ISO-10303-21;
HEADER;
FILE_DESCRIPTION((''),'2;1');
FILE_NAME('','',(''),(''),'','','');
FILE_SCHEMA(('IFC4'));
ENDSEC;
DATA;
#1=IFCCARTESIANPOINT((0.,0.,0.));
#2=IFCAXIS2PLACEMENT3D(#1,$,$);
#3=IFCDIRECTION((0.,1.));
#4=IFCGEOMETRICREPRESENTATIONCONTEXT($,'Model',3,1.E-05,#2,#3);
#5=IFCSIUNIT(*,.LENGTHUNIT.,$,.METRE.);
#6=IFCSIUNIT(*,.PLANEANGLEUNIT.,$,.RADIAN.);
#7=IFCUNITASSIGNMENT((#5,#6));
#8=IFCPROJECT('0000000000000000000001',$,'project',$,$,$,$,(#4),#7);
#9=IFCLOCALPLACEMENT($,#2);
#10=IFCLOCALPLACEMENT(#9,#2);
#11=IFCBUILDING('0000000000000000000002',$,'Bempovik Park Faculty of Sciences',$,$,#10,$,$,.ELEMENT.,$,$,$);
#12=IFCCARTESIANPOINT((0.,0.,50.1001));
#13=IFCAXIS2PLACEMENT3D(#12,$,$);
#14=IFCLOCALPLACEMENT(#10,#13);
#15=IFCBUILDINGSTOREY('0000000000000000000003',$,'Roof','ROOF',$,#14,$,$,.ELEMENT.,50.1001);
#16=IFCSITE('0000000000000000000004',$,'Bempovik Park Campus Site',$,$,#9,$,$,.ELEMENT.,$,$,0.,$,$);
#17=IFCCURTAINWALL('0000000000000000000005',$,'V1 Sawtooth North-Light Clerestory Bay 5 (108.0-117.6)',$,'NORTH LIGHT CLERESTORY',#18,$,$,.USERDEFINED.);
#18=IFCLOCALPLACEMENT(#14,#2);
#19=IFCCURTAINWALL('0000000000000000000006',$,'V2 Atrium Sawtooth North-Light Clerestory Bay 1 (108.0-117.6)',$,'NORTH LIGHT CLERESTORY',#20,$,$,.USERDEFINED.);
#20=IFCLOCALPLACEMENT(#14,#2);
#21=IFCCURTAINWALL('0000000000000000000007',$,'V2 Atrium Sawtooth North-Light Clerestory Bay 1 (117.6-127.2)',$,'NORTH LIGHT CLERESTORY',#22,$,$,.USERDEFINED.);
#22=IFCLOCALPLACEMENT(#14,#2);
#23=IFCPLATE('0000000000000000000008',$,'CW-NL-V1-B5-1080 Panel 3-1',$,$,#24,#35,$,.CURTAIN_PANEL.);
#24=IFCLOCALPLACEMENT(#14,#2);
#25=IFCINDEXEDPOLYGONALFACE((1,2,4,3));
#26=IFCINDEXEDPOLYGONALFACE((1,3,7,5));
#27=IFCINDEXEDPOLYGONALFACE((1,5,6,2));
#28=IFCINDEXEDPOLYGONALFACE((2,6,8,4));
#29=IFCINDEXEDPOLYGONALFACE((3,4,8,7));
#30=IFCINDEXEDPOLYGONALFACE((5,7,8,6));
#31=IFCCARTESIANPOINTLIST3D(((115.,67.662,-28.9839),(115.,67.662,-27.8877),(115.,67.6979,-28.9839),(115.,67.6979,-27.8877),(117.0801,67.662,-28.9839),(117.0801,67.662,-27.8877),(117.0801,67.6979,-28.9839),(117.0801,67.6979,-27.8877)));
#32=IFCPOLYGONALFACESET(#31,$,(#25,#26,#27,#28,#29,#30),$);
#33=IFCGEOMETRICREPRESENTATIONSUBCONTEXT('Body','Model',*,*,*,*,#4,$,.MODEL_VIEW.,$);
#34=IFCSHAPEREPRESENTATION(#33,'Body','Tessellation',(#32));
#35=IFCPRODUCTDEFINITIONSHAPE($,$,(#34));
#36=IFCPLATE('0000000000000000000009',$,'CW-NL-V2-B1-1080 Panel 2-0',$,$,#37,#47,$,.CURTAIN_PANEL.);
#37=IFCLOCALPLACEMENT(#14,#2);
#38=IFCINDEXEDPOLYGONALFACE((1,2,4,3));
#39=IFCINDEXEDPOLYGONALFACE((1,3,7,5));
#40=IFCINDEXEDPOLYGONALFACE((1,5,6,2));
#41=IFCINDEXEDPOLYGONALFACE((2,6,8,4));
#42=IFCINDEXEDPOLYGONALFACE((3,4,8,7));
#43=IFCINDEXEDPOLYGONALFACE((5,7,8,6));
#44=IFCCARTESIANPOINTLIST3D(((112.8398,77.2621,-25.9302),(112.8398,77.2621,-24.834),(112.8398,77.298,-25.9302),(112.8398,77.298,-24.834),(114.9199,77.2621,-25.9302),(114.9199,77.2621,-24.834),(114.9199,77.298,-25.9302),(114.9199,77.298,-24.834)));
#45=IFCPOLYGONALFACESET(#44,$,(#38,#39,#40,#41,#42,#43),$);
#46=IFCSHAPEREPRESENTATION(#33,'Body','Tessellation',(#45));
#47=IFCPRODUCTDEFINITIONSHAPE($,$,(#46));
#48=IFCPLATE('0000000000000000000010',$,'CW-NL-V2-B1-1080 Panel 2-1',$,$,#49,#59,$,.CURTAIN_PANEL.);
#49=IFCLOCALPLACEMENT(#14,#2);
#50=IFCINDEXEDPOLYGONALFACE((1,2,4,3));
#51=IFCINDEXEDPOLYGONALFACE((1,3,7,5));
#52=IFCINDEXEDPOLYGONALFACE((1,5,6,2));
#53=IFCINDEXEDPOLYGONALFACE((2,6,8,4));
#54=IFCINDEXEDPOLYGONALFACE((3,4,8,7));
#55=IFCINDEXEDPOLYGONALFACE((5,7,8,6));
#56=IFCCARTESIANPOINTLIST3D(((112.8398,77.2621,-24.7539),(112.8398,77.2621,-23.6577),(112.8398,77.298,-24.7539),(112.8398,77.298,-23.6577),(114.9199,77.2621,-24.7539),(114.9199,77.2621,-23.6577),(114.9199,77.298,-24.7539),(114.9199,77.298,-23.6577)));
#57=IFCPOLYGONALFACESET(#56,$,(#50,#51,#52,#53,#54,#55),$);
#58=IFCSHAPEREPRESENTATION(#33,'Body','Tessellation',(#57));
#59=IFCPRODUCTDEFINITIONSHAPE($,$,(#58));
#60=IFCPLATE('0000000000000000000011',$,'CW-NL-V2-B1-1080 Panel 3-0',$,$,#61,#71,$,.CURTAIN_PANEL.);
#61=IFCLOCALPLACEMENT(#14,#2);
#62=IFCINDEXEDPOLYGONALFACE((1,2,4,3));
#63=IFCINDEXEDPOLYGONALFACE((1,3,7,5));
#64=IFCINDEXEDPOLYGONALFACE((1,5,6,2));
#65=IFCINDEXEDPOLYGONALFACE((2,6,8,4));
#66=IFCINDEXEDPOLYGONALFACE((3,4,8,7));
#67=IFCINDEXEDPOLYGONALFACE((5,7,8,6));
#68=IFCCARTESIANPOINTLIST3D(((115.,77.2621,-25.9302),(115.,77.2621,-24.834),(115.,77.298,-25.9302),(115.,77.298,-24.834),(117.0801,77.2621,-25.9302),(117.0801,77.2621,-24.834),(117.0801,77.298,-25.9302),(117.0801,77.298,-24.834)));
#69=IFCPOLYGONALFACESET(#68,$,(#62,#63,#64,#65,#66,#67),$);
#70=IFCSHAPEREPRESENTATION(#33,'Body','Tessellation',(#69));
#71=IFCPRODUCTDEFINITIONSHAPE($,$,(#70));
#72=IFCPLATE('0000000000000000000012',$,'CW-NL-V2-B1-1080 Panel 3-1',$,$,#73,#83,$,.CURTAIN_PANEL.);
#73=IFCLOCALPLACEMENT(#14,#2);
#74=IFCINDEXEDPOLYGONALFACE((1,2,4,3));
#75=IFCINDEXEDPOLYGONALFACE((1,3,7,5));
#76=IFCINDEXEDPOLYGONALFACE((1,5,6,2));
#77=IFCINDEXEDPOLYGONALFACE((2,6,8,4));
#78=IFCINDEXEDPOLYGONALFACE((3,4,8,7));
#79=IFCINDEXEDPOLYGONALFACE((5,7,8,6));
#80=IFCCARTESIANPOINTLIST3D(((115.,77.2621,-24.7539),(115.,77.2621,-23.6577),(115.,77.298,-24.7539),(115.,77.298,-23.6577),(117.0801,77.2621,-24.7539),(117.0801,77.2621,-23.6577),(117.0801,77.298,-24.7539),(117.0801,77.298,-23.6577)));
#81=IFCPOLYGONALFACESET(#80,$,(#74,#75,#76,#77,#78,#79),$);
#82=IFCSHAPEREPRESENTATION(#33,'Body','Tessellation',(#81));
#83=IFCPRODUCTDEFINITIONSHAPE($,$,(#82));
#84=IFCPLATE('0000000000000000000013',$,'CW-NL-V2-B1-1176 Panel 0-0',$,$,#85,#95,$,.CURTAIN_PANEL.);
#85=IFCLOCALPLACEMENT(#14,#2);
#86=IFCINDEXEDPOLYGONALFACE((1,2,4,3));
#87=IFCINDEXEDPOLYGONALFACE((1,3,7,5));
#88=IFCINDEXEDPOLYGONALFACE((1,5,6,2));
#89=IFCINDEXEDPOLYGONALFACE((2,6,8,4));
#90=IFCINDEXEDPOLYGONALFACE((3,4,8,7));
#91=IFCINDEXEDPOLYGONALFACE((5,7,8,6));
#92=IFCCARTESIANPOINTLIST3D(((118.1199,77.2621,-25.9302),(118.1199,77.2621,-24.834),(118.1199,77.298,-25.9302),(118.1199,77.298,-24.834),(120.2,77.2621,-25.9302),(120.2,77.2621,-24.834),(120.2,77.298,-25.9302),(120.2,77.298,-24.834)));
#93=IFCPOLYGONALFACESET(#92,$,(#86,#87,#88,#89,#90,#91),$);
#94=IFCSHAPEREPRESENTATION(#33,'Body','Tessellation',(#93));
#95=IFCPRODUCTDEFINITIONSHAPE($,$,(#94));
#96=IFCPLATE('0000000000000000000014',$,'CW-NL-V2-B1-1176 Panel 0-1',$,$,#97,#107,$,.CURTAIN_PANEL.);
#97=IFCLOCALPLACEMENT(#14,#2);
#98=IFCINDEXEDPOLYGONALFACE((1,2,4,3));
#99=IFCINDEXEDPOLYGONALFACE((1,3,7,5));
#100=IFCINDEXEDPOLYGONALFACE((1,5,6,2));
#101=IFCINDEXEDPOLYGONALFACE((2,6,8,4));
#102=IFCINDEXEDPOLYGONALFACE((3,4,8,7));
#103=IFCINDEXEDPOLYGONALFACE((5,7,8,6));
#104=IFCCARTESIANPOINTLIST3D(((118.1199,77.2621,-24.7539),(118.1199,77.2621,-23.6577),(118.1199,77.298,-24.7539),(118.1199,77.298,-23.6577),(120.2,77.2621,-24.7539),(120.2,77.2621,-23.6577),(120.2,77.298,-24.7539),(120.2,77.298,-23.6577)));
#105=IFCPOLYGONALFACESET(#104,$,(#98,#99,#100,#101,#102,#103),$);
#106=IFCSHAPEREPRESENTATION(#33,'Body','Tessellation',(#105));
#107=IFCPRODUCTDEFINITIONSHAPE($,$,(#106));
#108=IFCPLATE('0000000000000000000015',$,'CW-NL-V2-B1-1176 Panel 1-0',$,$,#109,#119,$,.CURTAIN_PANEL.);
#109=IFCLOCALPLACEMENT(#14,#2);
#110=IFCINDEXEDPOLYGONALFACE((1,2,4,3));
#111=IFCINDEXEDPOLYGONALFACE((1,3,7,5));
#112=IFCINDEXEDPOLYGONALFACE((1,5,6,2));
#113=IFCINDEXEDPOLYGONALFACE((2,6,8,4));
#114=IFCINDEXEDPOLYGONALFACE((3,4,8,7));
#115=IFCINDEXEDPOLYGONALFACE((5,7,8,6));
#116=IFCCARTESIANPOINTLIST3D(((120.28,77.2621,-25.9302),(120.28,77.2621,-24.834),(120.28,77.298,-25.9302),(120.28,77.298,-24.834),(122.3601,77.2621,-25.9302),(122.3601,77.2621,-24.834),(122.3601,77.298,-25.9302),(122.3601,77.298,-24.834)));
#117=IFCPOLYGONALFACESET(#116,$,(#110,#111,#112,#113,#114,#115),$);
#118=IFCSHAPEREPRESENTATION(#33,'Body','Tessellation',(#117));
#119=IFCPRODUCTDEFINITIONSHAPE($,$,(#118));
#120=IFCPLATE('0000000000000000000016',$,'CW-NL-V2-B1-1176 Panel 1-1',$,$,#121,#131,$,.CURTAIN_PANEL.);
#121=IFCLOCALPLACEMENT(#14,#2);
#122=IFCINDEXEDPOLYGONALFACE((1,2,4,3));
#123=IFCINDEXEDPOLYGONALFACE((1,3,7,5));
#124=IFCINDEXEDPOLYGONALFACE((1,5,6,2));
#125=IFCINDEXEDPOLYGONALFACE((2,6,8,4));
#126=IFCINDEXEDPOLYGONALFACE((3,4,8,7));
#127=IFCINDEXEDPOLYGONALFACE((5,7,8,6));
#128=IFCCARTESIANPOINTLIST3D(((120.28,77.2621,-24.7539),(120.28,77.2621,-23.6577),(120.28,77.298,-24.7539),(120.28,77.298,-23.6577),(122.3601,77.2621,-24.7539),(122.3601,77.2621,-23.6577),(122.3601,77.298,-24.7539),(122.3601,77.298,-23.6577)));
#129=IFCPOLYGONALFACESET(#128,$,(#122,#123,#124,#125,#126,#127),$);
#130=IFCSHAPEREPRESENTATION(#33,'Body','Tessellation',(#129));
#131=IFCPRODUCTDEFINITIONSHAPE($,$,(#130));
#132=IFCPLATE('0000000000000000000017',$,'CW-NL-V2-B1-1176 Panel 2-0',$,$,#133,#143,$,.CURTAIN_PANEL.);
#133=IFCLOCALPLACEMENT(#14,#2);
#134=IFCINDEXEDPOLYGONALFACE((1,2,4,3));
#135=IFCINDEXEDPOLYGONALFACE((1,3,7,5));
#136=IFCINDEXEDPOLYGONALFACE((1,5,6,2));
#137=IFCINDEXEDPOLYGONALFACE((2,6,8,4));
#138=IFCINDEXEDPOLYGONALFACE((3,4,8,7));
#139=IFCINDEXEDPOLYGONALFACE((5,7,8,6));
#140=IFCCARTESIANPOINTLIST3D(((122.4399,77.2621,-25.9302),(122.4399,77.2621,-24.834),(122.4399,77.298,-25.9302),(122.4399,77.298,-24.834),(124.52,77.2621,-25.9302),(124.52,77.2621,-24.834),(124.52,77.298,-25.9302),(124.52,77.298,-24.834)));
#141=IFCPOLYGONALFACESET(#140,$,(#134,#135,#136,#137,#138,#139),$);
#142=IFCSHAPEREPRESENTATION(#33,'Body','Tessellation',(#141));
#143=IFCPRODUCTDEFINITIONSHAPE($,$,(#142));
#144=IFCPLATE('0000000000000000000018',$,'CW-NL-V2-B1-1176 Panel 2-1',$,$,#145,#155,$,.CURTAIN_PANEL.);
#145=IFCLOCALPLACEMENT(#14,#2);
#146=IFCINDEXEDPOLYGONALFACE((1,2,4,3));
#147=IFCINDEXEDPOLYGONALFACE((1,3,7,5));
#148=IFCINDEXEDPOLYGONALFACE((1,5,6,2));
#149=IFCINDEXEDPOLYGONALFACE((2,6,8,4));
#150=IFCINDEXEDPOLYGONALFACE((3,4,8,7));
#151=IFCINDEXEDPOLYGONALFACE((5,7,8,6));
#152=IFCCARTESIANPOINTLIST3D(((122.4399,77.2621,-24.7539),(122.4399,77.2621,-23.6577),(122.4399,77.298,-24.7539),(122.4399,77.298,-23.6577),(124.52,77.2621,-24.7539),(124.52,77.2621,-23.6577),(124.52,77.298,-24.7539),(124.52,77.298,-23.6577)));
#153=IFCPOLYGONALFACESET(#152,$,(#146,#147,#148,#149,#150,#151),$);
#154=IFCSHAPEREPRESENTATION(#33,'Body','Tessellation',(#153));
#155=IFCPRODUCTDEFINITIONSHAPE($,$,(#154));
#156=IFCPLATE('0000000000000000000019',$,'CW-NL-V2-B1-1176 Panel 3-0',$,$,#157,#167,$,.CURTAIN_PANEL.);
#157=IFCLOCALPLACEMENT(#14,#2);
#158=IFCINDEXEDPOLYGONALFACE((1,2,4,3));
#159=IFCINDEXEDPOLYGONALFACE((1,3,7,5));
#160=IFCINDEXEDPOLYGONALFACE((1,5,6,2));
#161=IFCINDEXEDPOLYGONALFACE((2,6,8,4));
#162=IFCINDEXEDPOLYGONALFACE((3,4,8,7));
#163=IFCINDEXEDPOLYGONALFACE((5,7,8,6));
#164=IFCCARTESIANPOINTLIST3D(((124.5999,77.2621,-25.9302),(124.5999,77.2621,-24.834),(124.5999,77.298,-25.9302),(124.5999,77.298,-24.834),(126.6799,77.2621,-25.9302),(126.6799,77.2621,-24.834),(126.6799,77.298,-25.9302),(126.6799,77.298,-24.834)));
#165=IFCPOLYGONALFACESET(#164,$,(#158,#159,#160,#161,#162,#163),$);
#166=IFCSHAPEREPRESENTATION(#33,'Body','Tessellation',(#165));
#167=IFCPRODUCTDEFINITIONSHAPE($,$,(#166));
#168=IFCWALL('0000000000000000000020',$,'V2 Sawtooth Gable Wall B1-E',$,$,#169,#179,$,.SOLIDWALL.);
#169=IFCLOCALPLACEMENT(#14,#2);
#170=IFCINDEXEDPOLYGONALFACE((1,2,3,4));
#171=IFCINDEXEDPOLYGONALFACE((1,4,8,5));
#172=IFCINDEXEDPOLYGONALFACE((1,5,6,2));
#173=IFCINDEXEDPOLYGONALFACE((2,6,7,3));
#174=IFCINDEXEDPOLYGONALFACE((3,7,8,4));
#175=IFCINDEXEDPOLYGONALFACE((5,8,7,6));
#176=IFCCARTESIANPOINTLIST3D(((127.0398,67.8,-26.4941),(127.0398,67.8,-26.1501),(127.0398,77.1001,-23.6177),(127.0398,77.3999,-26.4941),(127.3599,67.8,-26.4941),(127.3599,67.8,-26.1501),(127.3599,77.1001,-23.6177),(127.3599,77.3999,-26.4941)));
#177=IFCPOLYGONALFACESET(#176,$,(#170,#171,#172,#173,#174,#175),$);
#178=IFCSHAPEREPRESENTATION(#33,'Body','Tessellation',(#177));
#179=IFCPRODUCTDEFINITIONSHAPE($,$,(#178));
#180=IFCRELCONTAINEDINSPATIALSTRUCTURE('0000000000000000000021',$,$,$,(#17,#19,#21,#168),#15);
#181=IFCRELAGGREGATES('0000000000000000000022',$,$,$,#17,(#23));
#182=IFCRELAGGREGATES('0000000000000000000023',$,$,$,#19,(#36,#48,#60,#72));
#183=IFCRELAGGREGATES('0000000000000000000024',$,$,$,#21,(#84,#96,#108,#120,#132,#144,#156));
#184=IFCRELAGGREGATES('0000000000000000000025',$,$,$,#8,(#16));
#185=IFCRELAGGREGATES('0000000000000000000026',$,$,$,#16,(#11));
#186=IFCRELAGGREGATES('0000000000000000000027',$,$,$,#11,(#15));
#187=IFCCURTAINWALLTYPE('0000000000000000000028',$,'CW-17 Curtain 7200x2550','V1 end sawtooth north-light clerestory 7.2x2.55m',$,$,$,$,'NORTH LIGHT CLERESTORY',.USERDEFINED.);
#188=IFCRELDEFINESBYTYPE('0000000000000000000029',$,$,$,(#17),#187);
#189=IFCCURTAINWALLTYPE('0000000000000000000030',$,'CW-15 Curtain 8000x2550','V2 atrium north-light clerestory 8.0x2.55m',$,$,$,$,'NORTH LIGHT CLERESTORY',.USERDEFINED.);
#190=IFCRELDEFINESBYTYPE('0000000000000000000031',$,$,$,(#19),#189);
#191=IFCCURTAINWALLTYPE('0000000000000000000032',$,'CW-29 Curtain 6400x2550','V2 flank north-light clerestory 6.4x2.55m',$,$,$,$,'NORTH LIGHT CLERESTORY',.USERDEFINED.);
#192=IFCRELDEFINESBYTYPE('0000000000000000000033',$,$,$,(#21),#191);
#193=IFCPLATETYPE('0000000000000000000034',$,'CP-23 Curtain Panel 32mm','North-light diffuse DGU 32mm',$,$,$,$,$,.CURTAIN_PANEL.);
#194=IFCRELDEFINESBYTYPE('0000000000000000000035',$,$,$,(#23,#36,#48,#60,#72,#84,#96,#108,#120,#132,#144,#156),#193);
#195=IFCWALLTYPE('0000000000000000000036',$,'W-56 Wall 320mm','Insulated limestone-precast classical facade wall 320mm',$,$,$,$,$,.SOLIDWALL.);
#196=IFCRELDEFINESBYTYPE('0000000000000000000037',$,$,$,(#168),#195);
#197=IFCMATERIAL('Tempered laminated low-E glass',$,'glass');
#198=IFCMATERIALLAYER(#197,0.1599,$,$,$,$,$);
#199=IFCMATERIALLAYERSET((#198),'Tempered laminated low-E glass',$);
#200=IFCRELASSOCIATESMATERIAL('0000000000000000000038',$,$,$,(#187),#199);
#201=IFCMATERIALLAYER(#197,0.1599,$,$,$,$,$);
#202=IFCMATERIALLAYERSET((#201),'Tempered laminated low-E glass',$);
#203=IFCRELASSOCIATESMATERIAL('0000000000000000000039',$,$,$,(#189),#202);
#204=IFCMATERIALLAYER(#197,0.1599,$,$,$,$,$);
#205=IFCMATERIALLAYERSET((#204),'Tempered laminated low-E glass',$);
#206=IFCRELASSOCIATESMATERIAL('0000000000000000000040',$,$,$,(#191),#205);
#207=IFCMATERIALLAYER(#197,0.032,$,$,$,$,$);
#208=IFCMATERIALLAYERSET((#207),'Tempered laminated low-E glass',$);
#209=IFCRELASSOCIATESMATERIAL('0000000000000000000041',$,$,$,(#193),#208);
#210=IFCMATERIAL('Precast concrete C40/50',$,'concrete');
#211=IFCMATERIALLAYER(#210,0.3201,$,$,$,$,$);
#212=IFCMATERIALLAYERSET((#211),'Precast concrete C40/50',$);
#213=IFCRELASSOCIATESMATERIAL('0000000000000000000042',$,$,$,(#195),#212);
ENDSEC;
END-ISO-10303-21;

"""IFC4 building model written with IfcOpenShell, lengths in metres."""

from ifc_helpers import new_model, si_unit, direction, frame, origin, origin_2d, place, context, subcontext, project, spatial, polyline, rectangle, outline, extrude, material, layer, layer_set, type_object, element, aggregate, save


model = new_model("IFC4")

# Units and contexts
model_context = context("Model", 3, precision=1e-05, world=origin(), true_north=direction((0.0, 1.0)))
body_context = subcontext(model_context, "Body", "Model", "MODEL_VIEW")
ifc_project = project(units=[si_unit("LENGTHUNIT", "METRE"), si_unit("PLANEANGLEUNIT", "RADIAN")], contexts=[model_context])

# Site, building, storey
site_placement = place(None, origin())
site = spatial("IfcSite", under=ifc_project, at=site_placement, Name="Bempovik Park Campus Site", CompositionType="ELEMENT", RefElevation=0.0)
building_placement = place(site_placement, origin())
building = spatial("IfcBuilding", under=site, at=building_placement, Name="Bempovik Park Faculty of Sciences", CompositionType="ELEMENT")
storey_placement = place(building_placement, frame((0.0, 0.0, 50.1001)))
storey = spatial("IfcBuildingStorey", under=building, at=storey_placement, Name="Roof", Description="ROOF", CompositionType="ELEMENT", Elevation=50.1001)

# Curtain walls
ifc_material_1 = material(Name="Tempered laminated low-E glass", Category="glass")
ifc_layer_1 = layer(ifc_material_1, 0.1599)
ifc_layer_set_1 = layer_set([ifc_layer_1], Name="Tempered laminated low-E glass")
curtain_wall_type_1 = type_object("IfcCurtainWallType", Name="CW-17 Curtain 7200x2550", Description="V1 end sawtooth north-light clerestory 7.2x2.55m", ElementType="NORTH LIGHT CLERESTORY", PredefinedType="USERDEFINED", material=ifc_layer_set_1)
curtain_wall_1_placement = place(storey_placement, origin())
curtain_wall_1 = element("IfcCurtainWall", 1, at=curtain_wall_1_placement, inside=storey, type_object=curtain_wall_type_1, Name="V1 Sawtooth North-Light Clerestory Bay 5 (108.0-117.6)", ObjectType="NORTH LIGHT CLERESTORY", PredefinedType="USERDEFINED")
ifc_layer_2 = layer(ifc_material_1, 0.1599)
ifc_layer_set_2 = layer_set([ifc_layer_2], Name="Tempered laminated low-E glass")
curtain_wall_type_2 = type_object("IfcCurtainWallType", Name="CW-15 Curtain 8000x2550", Description="V2 atrium north-light clerestory 8.0x2.55m", ElementType="NORTH LIGHT CLERESTORY", PredefinedType="USERDEFINED", material=ifc_layer_set_2)
curtain_wall_2_placement = place(storey_placement, origin())
curtain_wall_2 = element("IfcCurtainWall", 2, at=curtain_wall_2_placement, inside=storey, type_object=curtain_wall_type_2, Name="V2 Atrium Sawtooth North-Light Clerestory Bay 1 (108.0-117.6)", ObjectType="NORTH LIGHT CLERESTORY", PredefinedType="USERDEFINED")
ifc_layer_3 = layer(ifc_material_1, 0.1599)
ifc_layer_set_3 = layer_set([ifc_layer_3], Name="Tempered laminated low-E glass")
curtain_wall_type_3 = type_object("IfcCurtainWallType", Name="CW-29 Curtain 6400x2550", Description="V2 flank north-light clerestory 6.4x2.55m", ElementType="NORTH LIGHT CLERESTORY", PredefinedType="USERDEFINED", material=ifc_layer_set_3)
curtain_wall_3_placement = place(storey_placement, origin())
curtain_wall_3 = element("IfcCurtainWall", 3, at=curtain_wall_3_placement, inside=storey, type_object=curtain_wall_type_3, Name="V2 Atrium Sawtooth North-Light Clerestory Bay 1 (117.6-127.2)", ObjectType="NORTH LIGHT CLERESTORY", PredefinedType="USERDEFINED")

# Plates
ifc_layer_4 = layer(ifc_material_1, 0.032)
ifc_layer_set_4 = layer_set([ifc_layer_4], Name="Tempered laminated low-E glass")
plate_type = type_object("IfcPlateType", Name="CP-23 Curtain Panel 32mm", Description="North-light diffuse DGU 32mm", PredefinedType="CURTAIN_PANEL", material=ifc_layer_set_4)
plate_1_placement = place(storey_placement, frame((116.04, 67.6799, -28.9839), z_axis=(0.0, 0.0, 1.0), x_axis=(1.0, 0.0, 0.0)))
plate_1 = element("IfcPlate", 4, at=plate_1_placement, type_object=plate_type, Name="CW-NL-V1-B5-1080 Panel 3-1", PredefinedType="CURTAIN_PANEL", context=body_context, shape_type="SweptSolid", body=[
    extrude(rectangle(XDim=2.0801, YDim=0.0359, at=origin_2d()), origin(), (0.0, 0.0, 1.0), 1.0962),
])
aggregate(curtain_wall_1, [plate_1])
plate_2_placement = place(storey_placement, frame((113.8799, 77.28, -25.9302), z_axis=(0.0, 0.0, 1.0), x_axis=(1.0, 0.0, 0.0)))
plate_2 = element("IfcPlate", 5, at=plate_2_placement, type_object=plate_type, Name="CW-NL-V2-B1-1080 Panel 2-0", PredefinedType="CURTAIN_PANEL", context=body_context, shape_type="SweptSolid", body=[
    extrude(rectangle(XDim=2.0801, YDim=0.0359, at=origin_2d()), origin(), (0.0, 0.0, 1.0), 1.0962),
])
plate_3_placement = place(storey_placement, frame((113.8799, 77.28, -24.7539), z_axis=(0.0, 0.0, 1.0), x_axis=(1.0, 0.0, 0.0)))
plate_3 = element("IfcPlate", 6, at=plate_3_placement, type_object=plate_type, Name="CW-NL-V2-B1-1080 Panel 2-1", PredefinedType="CURTAIN_PANEL", context=body_context, shape_type="SweptSolid", body=[
    extrude(rectangle(XDim=2.0801, YDim=0.0359, at=origin_2d()), origin(), (0.0, 0.0, 1.0), 1.0962),
])
plate_4_placement = place(storey_placement, frame((116.04, 77.28, -25.9302), z_axis=(0.0, 0.0, 1.0), x_axis=(1.0, 0.0, 0.0)))
plate_4 = element("IfcPlate", 7, at=plate_4_placement, type_object=plate_type, Name="CW-NL-V2-B1-1080 Panel 3-0", PredefinedType="CURTAIN_PANEL", context=body_context, shape_type="SweptSolid", body=[
    extrude(rectangle(XDim=2.0801, YDim=0.0359, at=origin_2d()), origin(), (0.0, 0.0, 1.0), 1.0962),
])
plate_5_placement = place(storey_placement, frame((116.04, 77.28, -24.7539), z_axis=(0.0, 0.0, 1.0), x_axis=(1.0, 0.0, 0.0)))
plate_5 = element("IfcPlate", 8, at=plate_5_placement, type_object=plate_type, Name="CW-NL-V2-B1-1080 Panel 3-1", PredefinedType="CURTAIN_PANEL", context=body_context, shape_type="SweptSolid", body=[
    extrude(rectangle(XDim=2.0801, YDim=0.0359, at=origin_2d()), origin(), (0.0, 0.0, 1.0), 1.0962),
])
aggregate(curtain_wall_2, [plate_2, plate_3, plate_4, plate_5])
plate_6_placement = place(storey_placement, frame((119.1599, 77.28, -25.9302), z_axis=(0.0, 0.0, 1.0), x_axis=(1.0, 0.0, 0.0)))
plate_6 = element("IfcPlate", 9, at=plate_6_placement, type_object=plate_type, Name="CW-NL-V2-B1-1176 Panel 0-0", PredefinedType="CURTAIN_PANEL", context=body_context, shape_type="SweptSolid", body=[
    extrude(rectangle(XDim=2.0801, YDim=0.0359, at=origin_2d()), origin(), (0.0, 0.0, 1.0), 1.0962),
])
plate_7_placement = place(storey_placement, frame((119.1599, 77.28, -24.7539), z_axis=(0.0, 0.0, 1.0), x_axis=(1.0, 0.0, 0.0)))
plate_7 = element("IfcPlate", 10, at=plate_7_placement, type_object=plate_type, Name="CW-NL-V2-B1-1176 Panel 0-1", PredefinedType="CURTAIN_PANEL", context=body_context, shape_type="SweptSolid", body=[
    extrude(rectangle(XDim=2.0801, YDim=0.0359, at=origin_2d()), origin(), (0.0, 0.0, 1.0), 1.0962),
])
plate_8_placement = place(storey_placement, frame((121.3201, 77.28, -25.9302), z_axis=(0.0, 0.0, 1.0), x_axis=(1.0, 0.0, 0.0)))
plate_8 = element("IfcPlate", 11, at=plate_8_placement, type_object=plate_type, Name="CW-NL-V2-B1-1176 Panel 1-0", PredefinedType="CURTAIN_PANEL", context=body_context, shape_type="SweptSolid", body=[
    extrude(rectangle(XDim=2.0801, YDim=0.0359, at=origin_2d()), origin(), (0.0, 0.0, 1.0), 1.0962),
])
plate_9_placement = place(storey_placement, frame((121.3201, 77.28, -24.7539), z_axis=(0.0, 0.0, 1.0), x_axis=(1.0, 0.0, 0.0)))
plate_9 = element("IfcPlate", 12, at=plate_9_placement, type_object=plate_type, Name="CW-NL-V2-B1-1176 Panel 1-1", PredefinedType="CURTAIN_PANEL", context=body_context, shape_type="SweptSolid", body=[
    extrude(rectangle(XDim=2.0801, YDim=0.0359, at=origin_2d()), origin(), (0.0, 0.0, 1.0), 1.0962),
])
plate_10_placement = place(storey_placement, frame((123.48, 77.28, -25.9302), z_axis=(0.0, 0.0, 1.0), x_axis=(1.0, 0.0, 0.0)))
plate_10 = element("IfcPlate", 13, at=plate_10_placement, type_object=plate_type, Name="CW-NL-V2-B1-1176 Panel 2-0", PredefinedType="CURTAIN_PANEL", context=body_context, shape_type="SweptSolid", body=[
    extrude(rectangle(XDim=2.0801, YDim=0.0359, at=origin_2d()), origin(), (0.0, 0.0, 1.0), 1.0962),
])
plate_11_placement = place(storey_placement, frame((123.48, 77.28, -24.7539), z_axis=(0.0, 0.0, 1.0), x_axis=(1.0, 0.0, 0.0)))
plate_11 = element("IfcPlate", 14, at=plate_11_placement, type_object=plate_type, Name="CW-NL-V2-B1-1176 Panel 2-1", PredefinedType="CURTAIN_PANEL", context=body_context, shape_type="SweptSolid", body=[
    extrude(rectangle(XDim=2.0801, YDim=0.0359, at=origin_2d()), origin(), (0.0, 0.0, 1.0), 1.0962),
])
plate_12_placement = place(storey_placement, frame((125.6399, 77.28, -25.9302), z_axis=(0.0, 0.0, 1.0), x_axis=(1.0, 0.0, 0.0)))
plate_12 = element("IfcPlate", 15, at=plate_12_placement, type_object=plate_type, Name="CW-NL-V2-B1-1176 Panel 3-0", PredefinedType="CURTAIN_PANEL", context=body_context, shape_type="SweptSolid", body=[
    extrude(rectangle(XDim=2.0801, YDim=0.0359, at=origin_2d()), origin(), (0.0, 0.0, 1.0), 1.0962),
])
aggregate(curtain_wall_3, [plate_6, plate_7, plate_8, plate_9, plate_10, plate_11, plate_12])

# Wall
ifc_material_2 = material(Name="Precast concrete C40/50", Category="concrete")
ifc_layer_5 = layer(ifc_material_2, 0.3201)
ifc_layer_set_5 = layer_set([ifc_layer_5], Name="Precast concrete C40/50")
wall_type = type_object("IfcWallType", Name="W-56 Wall 320mm", Description="Insulated limestone-precast classical facade wall 320mm", PredefinedType="SOLIDWALL", material=ifc_layer_set_5)
wall_placement = place(storey_placement, frame((127.2, 67.8, -26.4941), z_axis=(0.0, 0.0, 1.0), x_axis=(0.0, 1.0, 0.0)))
element("IfcWall", 16, at=wall_placement, inside=storey, type_object=wall_type, Name="V2 Sawtooth Gable Wall B1-E", PredefinedType="SOLIDWALL", context=body_context, shape_type="SweptSolid", body=[
    extrude(outline(polyline([(0.0, 0.0), (9.5999, 0.0), (9.3, 2.8765), (0.0, 0.344), (0.0, 0.0)])), frame((0.0, 0.1602, 0.0), z_axis=(0.0, -1.0, 0.0), x_axis=(1.0, 0.0, 0.0)), (0.0, 0.0, 1.0), 0.3201),
])

save(model, "model.ifc")
